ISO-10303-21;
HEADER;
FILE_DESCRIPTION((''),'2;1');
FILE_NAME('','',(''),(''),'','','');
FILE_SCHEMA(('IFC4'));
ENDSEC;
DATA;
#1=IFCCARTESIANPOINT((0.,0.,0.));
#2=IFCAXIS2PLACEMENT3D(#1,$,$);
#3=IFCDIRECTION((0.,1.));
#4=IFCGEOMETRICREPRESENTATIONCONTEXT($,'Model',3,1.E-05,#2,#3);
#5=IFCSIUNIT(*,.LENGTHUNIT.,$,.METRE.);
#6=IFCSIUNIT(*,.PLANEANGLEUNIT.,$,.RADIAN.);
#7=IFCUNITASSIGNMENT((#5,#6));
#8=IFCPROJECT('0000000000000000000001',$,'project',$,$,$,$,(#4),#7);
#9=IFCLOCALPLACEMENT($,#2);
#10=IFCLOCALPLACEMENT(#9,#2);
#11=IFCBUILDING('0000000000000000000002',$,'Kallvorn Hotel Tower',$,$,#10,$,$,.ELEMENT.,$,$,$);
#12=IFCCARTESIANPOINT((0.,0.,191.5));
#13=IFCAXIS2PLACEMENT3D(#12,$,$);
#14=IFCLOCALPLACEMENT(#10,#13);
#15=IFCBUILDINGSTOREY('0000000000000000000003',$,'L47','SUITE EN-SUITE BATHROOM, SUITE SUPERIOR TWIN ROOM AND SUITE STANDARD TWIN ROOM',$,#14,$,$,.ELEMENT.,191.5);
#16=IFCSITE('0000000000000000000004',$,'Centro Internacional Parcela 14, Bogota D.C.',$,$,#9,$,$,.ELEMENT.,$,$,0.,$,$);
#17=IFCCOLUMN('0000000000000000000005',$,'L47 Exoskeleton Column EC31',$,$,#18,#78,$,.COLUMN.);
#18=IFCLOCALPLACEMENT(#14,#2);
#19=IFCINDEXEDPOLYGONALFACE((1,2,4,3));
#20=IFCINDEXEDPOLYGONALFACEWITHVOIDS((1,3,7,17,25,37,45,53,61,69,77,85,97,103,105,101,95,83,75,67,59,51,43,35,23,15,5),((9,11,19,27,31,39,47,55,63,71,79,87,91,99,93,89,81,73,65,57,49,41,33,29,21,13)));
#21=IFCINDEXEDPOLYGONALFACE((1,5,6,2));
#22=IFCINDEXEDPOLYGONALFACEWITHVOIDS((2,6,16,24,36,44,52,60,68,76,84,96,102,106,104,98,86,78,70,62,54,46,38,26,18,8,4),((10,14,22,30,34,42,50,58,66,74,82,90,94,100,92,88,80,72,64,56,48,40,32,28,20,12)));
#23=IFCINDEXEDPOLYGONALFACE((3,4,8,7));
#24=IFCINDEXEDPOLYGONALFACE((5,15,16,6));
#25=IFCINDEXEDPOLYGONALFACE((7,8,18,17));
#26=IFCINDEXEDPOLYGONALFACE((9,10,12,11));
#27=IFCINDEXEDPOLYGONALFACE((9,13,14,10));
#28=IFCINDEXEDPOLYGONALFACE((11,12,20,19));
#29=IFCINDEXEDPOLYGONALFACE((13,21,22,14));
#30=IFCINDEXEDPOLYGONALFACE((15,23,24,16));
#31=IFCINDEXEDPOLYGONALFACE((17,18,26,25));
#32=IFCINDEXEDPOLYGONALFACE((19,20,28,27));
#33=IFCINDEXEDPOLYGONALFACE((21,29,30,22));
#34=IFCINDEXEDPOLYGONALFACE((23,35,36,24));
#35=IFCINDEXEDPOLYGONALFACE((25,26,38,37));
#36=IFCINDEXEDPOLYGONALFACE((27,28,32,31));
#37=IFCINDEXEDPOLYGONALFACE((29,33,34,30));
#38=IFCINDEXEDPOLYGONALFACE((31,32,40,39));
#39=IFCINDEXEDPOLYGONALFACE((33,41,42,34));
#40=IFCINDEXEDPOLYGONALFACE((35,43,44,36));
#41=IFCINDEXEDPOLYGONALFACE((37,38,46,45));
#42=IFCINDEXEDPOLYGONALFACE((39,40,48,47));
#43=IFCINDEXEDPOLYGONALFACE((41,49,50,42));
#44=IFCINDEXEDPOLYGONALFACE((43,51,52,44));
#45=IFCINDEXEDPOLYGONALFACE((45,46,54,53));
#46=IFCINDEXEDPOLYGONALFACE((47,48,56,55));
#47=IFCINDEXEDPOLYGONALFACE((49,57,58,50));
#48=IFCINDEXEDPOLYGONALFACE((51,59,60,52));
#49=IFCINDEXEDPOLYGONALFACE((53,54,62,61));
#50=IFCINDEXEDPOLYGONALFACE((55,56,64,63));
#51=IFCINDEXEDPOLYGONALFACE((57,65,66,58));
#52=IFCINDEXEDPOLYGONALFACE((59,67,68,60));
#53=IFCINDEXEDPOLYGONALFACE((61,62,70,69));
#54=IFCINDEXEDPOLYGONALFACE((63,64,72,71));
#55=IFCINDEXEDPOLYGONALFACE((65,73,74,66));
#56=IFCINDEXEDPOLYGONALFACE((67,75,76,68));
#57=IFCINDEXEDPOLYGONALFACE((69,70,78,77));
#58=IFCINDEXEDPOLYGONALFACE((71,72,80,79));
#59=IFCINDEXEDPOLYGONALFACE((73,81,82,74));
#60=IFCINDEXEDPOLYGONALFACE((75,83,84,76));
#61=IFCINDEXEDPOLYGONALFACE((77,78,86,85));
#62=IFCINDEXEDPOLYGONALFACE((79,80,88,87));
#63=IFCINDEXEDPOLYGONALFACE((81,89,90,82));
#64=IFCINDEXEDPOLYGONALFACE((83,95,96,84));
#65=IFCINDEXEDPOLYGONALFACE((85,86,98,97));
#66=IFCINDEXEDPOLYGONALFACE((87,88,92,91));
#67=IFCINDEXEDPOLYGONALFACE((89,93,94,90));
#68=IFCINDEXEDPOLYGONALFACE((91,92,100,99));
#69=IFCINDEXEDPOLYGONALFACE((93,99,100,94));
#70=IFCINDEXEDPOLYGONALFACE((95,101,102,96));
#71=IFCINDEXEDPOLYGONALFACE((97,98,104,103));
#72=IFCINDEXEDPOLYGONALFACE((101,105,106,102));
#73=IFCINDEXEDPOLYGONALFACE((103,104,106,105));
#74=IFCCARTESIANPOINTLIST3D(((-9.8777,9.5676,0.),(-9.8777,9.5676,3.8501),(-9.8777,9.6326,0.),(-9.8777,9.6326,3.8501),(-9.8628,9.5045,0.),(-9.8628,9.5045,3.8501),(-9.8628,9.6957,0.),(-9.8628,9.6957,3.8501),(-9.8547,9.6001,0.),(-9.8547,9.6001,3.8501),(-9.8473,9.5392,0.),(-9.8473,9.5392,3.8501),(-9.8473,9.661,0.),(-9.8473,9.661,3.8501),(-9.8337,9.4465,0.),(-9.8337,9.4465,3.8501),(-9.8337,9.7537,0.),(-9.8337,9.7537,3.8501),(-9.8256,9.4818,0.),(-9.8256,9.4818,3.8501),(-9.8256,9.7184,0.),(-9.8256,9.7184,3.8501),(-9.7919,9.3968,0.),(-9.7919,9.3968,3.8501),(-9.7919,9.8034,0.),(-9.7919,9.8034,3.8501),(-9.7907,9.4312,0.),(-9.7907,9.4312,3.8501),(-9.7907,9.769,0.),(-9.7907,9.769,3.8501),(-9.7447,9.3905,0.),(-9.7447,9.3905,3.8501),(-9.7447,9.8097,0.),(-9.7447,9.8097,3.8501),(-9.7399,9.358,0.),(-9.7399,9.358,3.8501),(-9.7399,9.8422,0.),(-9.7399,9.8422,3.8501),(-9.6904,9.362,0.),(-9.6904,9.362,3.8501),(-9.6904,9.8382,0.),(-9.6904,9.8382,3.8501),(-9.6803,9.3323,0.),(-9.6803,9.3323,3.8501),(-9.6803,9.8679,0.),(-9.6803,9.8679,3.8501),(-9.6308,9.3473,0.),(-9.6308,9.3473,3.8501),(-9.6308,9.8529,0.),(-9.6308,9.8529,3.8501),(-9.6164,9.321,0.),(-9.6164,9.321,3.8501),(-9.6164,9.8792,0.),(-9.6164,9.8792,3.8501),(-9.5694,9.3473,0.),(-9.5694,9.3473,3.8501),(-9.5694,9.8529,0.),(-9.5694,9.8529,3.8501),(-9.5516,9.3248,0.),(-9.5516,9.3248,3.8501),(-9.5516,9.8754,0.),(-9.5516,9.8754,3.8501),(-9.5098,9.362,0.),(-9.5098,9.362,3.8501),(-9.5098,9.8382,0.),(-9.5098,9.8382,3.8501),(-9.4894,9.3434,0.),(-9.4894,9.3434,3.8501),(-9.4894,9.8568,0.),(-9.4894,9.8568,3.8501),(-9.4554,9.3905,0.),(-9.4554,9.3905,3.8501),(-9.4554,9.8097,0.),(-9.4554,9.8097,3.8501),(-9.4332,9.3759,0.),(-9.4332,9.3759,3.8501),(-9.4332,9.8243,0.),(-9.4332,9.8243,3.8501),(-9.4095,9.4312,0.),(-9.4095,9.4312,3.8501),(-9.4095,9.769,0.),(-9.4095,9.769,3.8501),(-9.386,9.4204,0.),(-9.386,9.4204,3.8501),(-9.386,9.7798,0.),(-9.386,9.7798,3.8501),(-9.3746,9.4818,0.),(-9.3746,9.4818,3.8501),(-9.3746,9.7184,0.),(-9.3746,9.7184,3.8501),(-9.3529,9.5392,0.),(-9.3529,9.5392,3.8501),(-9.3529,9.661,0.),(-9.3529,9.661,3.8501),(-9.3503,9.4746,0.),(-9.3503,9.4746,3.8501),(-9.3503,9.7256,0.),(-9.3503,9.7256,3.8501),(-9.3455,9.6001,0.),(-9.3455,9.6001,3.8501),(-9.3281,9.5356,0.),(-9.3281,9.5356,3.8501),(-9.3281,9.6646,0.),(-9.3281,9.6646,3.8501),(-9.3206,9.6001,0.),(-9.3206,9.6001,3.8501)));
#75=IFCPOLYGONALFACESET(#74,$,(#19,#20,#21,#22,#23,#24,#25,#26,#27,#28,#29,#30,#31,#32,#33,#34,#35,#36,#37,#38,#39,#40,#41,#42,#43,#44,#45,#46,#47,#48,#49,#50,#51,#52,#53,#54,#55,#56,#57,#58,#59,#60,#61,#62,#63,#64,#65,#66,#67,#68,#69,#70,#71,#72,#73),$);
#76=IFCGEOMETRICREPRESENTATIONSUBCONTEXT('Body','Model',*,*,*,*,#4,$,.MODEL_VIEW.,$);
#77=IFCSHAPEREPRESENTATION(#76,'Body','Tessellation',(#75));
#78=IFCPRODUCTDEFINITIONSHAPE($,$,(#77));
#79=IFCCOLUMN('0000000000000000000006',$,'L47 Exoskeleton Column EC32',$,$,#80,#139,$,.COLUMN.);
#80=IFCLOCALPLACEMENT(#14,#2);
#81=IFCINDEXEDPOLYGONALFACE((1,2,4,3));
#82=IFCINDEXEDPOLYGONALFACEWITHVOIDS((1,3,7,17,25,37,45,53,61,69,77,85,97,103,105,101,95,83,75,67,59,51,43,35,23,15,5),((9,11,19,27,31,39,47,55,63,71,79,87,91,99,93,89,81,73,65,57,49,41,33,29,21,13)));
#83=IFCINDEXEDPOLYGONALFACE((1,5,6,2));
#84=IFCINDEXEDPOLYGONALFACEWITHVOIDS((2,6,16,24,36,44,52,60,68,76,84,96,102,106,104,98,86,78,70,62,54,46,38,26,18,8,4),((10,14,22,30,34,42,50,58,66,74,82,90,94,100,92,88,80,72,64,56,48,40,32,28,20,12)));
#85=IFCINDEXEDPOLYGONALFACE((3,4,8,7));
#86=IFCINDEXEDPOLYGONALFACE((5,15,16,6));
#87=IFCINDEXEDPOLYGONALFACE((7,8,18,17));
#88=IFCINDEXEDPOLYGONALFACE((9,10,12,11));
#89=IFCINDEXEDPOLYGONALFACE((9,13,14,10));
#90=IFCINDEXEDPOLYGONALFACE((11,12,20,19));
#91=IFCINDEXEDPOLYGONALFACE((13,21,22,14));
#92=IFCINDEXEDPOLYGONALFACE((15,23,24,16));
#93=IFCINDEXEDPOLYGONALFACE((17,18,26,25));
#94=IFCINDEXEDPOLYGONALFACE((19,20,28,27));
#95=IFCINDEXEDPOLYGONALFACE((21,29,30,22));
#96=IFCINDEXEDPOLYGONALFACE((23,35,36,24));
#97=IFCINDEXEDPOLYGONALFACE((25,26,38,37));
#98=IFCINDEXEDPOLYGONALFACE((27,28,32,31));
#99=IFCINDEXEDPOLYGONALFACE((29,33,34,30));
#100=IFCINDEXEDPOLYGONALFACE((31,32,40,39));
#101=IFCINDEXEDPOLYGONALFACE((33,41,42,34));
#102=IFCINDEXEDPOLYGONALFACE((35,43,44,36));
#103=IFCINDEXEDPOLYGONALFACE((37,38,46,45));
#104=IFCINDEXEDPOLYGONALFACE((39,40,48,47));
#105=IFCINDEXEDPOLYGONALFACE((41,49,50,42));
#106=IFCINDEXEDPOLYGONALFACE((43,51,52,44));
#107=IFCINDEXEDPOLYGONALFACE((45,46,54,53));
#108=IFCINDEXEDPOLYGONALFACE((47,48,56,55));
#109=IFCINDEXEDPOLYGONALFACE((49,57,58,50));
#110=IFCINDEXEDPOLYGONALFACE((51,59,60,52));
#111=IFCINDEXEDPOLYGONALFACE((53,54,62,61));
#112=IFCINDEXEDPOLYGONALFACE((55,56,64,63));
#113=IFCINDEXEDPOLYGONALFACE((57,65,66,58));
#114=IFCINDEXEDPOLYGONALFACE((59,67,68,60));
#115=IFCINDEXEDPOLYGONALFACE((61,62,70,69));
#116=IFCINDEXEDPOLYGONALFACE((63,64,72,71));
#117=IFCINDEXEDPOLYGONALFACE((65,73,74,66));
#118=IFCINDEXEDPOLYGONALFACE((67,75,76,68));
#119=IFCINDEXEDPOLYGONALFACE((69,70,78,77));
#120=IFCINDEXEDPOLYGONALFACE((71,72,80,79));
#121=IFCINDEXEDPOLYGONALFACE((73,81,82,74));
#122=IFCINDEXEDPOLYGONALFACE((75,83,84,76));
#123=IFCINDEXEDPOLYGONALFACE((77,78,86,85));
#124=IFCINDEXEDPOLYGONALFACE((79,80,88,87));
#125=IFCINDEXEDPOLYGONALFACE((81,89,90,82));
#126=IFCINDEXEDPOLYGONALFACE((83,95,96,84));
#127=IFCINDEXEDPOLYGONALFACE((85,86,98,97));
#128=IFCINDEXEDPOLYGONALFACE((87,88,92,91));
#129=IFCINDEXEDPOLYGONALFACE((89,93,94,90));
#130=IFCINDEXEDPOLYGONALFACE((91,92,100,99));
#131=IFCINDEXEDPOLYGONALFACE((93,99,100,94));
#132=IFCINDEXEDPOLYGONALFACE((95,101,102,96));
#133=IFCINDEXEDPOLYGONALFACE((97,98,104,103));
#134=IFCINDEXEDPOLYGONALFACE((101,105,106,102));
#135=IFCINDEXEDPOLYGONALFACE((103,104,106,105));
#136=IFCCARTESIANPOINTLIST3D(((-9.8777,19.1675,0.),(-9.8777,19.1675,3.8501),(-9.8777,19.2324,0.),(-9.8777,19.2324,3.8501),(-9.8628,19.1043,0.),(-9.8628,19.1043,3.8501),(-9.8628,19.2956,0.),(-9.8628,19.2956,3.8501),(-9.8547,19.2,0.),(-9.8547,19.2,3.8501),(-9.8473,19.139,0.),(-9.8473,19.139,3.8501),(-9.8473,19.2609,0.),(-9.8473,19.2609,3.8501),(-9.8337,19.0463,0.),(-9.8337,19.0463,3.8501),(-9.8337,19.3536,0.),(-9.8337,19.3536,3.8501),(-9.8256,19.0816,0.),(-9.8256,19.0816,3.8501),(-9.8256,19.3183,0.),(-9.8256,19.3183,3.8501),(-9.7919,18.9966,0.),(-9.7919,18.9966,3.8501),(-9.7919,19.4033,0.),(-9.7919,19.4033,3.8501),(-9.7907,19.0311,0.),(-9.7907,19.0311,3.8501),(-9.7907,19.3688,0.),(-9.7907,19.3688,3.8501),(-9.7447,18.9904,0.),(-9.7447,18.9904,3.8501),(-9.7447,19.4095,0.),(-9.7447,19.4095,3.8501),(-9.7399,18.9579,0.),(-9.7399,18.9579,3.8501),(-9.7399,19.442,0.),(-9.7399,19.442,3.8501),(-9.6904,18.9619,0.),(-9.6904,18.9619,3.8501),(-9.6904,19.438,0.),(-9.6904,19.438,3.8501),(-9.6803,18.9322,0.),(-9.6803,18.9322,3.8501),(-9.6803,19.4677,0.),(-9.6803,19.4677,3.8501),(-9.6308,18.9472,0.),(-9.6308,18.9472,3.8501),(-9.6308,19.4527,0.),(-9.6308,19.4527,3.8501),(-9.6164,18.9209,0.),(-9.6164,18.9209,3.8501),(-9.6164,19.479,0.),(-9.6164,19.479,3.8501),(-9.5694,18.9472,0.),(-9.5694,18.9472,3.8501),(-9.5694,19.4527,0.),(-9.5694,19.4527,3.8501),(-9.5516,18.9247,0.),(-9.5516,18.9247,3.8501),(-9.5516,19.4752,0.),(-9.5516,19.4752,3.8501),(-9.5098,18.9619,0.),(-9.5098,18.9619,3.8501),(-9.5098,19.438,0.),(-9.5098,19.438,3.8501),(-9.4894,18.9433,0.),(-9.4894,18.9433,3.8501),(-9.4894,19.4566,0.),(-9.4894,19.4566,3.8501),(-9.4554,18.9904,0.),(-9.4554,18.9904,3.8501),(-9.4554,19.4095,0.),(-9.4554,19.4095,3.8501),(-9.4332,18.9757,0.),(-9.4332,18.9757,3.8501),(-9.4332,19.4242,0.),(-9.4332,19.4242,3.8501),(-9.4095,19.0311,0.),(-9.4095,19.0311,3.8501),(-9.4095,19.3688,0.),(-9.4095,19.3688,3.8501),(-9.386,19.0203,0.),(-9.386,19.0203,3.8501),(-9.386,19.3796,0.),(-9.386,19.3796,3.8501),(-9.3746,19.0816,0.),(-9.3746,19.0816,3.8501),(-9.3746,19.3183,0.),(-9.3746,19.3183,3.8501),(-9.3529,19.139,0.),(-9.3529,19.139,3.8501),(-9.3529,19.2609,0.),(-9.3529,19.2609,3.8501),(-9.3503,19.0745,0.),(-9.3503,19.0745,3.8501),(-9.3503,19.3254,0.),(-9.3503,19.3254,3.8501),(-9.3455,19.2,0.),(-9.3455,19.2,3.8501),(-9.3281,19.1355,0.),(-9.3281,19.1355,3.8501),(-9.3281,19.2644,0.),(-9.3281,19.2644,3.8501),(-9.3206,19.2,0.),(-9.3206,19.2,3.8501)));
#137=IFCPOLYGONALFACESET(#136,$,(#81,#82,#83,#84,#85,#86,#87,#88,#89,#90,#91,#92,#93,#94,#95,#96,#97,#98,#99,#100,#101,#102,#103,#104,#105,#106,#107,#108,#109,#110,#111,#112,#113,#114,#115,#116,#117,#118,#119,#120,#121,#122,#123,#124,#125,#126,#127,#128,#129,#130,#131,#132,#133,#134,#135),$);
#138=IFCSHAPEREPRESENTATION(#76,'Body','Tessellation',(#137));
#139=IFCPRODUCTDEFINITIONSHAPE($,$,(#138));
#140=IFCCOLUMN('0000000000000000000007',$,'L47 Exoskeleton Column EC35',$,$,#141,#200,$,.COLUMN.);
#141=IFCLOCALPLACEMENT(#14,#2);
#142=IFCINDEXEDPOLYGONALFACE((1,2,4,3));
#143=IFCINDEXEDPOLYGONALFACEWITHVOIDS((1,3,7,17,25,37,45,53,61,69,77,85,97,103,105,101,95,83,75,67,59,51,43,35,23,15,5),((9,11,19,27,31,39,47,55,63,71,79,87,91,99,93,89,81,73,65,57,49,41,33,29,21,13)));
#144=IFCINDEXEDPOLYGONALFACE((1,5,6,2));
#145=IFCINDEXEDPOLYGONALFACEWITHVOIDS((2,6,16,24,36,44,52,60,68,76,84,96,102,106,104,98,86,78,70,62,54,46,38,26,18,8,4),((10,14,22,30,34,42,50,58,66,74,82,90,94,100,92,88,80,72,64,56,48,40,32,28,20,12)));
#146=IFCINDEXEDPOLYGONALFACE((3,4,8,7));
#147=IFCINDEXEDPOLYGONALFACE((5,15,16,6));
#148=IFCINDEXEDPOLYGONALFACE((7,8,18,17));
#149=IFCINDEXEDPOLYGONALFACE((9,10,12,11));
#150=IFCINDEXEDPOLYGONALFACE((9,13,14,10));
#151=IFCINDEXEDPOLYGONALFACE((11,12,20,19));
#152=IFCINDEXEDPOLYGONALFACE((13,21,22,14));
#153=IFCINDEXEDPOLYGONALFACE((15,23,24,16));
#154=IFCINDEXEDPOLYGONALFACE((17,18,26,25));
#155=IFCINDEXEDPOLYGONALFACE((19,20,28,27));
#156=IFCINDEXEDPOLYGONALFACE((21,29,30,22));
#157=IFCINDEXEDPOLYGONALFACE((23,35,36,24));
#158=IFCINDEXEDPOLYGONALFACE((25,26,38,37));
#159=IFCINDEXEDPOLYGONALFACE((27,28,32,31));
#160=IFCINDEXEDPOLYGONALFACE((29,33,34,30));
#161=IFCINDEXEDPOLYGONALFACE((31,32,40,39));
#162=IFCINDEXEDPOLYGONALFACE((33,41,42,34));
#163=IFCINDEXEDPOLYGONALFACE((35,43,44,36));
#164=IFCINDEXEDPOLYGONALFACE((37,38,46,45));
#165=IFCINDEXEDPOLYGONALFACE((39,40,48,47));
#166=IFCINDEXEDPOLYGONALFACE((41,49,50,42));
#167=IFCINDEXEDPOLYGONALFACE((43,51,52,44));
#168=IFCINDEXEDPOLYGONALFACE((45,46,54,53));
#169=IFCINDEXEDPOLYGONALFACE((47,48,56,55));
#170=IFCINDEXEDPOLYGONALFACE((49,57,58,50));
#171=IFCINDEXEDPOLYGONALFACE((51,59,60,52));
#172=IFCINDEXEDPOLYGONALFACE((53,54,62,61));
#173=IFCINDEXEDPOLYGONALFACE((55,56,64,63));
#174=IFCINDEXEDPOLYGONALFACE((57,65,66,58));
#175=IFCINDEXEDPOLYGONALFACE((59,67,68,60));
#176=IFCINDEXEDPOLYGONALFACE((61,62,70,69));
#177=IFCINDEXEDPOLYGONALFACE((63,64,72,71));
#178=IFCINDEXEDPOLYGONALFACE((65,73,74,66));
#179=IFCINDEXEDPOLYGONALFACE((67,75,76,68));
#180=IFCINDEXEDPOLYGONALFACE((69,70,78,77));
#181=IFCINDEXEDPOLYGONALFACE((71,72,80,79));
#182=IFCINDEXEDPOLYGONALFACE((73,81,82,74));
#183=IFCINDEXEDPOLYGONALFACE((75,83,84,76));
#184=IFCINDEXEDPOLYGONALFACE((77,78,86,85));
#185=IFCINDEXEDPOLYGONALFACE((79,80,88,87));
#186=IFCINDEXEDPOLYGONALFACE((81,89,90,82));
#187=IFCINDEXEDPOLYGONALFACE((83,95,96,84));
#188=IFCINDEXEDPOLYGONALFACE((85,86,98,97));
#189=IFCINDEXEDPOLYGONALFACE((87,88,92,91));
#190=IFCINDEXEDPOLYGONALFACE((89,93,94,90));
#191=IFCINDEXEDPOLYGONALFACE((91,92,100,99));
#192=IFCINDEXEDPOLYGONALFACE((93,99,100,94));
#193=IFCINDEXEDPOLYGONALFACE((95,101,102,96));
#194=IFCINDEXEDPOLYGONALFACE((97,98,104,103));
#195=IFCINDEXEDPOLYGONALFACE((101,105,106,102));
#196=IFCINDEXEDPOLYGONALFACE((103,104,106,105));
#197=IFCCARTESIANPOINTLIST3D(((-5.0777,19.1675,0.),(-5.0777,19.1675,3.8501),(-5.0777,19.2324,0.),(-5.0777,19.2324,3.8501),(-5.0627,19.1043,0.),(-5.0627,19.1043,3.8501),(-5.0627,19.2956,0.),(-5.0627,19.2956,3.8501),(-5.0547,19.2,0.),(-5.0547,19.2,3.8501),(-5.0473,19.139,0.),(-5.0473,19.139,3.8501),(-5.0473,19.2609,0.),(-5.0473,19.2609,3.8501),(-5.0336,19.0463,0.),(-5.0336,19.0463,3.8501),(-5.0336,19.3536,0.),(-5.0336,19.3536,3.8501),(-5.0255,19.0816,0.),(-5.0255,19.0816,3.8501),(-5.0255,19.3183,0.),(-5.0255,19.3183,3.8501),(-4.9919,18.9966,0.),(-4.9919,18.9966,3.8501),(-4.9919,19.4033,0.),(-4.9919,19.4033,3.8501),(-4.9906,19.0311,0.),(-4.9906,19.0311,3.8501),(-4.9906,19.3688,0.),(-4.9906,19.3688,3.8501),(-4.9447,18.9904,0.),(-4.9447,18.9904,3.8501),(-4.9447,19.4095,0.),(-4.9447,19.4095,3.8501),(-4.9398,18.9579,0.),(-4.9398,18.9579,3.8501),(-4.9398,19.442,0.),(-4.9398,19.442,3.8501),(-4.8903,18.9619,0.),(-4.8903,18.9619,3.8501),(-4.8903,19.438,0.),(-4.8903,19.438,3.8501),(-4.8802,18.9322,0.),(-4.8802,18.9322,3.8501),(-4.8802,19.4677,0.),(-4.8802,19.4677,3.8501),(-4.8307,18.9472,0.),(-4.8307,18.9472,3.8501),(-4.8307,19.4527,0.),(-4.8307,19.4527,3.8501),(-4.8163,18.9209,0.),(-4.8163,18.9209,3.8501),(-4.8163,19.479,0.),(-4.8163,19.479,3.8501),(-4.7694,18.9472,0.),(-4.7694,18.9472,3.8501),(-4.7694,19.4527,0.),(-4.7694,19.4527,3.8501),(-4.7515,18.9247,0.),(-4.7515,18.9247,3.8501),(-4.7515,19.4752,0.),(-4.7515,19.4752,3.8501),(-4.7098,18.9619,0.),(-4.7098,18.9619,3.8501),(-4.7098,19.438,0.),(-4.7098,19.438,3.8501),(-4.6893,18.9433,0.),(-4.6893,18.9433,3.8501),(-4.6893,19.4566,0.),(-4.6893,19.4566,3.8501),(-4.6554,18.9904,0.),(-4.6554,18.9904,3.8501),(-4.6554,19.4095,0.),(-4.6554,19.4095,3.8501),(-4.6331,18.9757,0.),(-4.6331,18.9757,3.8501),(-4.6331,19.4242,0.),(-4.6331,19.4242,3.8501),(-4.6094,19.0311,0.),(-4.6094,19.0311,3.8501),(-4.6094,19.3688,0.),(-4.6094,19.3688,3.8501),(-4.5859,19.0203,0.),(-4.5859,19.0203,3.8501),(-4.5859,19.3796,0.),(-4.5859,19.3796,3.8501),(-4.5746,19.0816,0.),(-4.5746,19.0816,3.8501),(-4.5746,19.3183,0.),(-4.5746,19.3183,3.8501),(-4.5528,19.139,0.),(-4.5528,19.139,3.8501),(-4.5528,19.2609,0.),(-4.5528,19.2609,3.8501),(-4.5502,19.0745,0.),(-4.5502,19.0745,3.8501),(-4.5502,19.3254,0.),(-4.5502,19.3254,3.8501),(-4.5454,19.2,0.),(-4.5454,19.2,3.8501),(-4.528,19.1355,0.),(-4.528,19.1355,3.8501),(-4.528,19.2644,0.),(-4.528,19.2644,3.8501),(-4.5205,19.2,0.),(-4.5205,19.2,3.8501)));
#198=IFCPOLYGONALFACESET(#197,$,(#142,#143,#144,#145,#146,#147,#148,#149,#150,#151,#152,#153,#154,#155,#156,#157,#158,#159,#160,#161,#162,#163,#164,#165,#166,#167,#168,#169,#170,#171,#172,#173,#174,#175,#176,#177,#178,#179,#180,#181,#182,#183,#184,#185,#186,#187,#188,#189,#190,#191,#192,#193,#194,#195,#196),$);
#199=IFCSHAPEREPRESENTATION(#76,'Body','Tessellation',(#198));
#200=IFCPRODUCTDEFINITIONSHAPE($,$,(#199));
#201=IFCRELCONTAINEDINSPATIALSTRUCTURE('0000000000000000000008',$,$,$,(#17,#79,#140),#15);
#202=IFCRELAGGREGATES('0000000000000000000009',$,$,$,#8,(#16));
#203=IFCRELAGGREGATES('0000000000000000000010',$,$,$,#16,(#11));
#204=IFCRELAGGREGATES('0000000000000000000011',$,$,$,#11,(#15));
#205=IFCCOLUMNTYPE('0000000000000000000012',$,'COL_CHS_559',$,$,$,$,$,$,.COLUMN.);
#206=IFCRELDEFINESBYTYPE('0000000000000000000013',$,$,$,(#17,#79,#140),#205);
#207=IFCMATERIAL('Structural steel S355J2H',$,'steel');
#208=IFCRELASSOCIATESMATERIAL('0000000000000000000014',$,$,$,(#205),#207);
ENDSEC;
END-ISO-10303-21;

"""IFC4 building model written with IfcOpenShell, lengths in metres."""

from ifc_helpers import new_model, si_unit, direction, frame, origin, origin_2d, place, context, subcontext, project, spatial, hollow_circle, extrude, material, material_profile, profile_set, type_object, element, save


model = new_model("IFC4")

# Units and contexts
model_context = context("Model", 3, precision=1e-05, world=origin(), true_north=direction((0.0, 1.0)))
body_context = subcontext(model_context, "Body", "Model", "MODEL_VIEW")
ifc_project = project(units=[si_unit("LENGTHUNIT", "METRE"), si_unit("PLANEANGLEUNIT", "RADIAN")], contexts=[model_context])

# Site, building, storey
site_placement = place(None, origin())
site = spatial("IfcSite", under=ifc_project, at=site_placement, Name="Centro Internacional Parcela 14, Bogota D.C.", CompositionType="ELEMENT", RefElevation=0.0)
building_placement = place(site_placement, origin())
building = spatial("IfcBuilding", under=site, at=building_placement, Name="Kallvorn Hotel Tower", CompositionType="ELEMENT")
storey_placement = place(building_placement, frame((0.0, 0.0, 191.5)))
storey = spatial("IfcBuildingStorey", under=building, at=storey_placement, Name="L47", Description="SUITE EN-SUITE BATHROOM, SUITE SUPERIOR TWIN ROOM AND SUITE STANDARD TWIN ROOM", CompositionType="ELEMENT", Elevation=191.5)

# Columns
ifc_material_1 = material(Name="Structural steel S355J2H", Category="steel")
ifc_material_profile_1 = material_profile(ifc_material_1, hollow_circle(Radius=0.2795, WallThickness=0.0249, at=origin_2d()), Name="CHS 559x25")
ifc_profile_set_1 = profile_set([ifc_material_profile_1], Name="Structural steel S355J2H")
column_type_1 = type_object("IfcColumnType", Name="COL_CHS_559", PredefinedType="COLUMN", material=ifc_profile_set_1)
for number, where, z_axis, x_axis, name in (
    (1, (-9.6001, 9.6001, 0.0), (0.0, 0.0, 1.0), (1.0, 0.0, 0.0), "L47 Exoskeleton Column EC31"),
    (2, (-9.6001, 19.2, 0.0), (0.0, 0.0, 1.0), (1.0, 0.0, 0.0), "L47 Exoskeleton Column EC32"),
    (3, (-4.8, 19.2, 0.0), (0.0, 0.0, 1.0), (1.0, 0.0, 0.0), "L47 Exoskeleton Column EC35"),
):
    element("IfcColumn", number, at=place(storey_placement, frame(where, z_axis=z_axis, x_axis=x_axis)), inside=storey, type_object=column_type_1, Name=name, PredefinedType="COLUMN", context=body_context, shape_type="SweptSolid", body=[
        extrude(hollow_circle(Radius=0.2795, WallThickness=0.0249, at=origin_2d()), origin(), (0.0, 0.0, 1.0), 3.8501),
    ])

save(model, "model.ifc")
